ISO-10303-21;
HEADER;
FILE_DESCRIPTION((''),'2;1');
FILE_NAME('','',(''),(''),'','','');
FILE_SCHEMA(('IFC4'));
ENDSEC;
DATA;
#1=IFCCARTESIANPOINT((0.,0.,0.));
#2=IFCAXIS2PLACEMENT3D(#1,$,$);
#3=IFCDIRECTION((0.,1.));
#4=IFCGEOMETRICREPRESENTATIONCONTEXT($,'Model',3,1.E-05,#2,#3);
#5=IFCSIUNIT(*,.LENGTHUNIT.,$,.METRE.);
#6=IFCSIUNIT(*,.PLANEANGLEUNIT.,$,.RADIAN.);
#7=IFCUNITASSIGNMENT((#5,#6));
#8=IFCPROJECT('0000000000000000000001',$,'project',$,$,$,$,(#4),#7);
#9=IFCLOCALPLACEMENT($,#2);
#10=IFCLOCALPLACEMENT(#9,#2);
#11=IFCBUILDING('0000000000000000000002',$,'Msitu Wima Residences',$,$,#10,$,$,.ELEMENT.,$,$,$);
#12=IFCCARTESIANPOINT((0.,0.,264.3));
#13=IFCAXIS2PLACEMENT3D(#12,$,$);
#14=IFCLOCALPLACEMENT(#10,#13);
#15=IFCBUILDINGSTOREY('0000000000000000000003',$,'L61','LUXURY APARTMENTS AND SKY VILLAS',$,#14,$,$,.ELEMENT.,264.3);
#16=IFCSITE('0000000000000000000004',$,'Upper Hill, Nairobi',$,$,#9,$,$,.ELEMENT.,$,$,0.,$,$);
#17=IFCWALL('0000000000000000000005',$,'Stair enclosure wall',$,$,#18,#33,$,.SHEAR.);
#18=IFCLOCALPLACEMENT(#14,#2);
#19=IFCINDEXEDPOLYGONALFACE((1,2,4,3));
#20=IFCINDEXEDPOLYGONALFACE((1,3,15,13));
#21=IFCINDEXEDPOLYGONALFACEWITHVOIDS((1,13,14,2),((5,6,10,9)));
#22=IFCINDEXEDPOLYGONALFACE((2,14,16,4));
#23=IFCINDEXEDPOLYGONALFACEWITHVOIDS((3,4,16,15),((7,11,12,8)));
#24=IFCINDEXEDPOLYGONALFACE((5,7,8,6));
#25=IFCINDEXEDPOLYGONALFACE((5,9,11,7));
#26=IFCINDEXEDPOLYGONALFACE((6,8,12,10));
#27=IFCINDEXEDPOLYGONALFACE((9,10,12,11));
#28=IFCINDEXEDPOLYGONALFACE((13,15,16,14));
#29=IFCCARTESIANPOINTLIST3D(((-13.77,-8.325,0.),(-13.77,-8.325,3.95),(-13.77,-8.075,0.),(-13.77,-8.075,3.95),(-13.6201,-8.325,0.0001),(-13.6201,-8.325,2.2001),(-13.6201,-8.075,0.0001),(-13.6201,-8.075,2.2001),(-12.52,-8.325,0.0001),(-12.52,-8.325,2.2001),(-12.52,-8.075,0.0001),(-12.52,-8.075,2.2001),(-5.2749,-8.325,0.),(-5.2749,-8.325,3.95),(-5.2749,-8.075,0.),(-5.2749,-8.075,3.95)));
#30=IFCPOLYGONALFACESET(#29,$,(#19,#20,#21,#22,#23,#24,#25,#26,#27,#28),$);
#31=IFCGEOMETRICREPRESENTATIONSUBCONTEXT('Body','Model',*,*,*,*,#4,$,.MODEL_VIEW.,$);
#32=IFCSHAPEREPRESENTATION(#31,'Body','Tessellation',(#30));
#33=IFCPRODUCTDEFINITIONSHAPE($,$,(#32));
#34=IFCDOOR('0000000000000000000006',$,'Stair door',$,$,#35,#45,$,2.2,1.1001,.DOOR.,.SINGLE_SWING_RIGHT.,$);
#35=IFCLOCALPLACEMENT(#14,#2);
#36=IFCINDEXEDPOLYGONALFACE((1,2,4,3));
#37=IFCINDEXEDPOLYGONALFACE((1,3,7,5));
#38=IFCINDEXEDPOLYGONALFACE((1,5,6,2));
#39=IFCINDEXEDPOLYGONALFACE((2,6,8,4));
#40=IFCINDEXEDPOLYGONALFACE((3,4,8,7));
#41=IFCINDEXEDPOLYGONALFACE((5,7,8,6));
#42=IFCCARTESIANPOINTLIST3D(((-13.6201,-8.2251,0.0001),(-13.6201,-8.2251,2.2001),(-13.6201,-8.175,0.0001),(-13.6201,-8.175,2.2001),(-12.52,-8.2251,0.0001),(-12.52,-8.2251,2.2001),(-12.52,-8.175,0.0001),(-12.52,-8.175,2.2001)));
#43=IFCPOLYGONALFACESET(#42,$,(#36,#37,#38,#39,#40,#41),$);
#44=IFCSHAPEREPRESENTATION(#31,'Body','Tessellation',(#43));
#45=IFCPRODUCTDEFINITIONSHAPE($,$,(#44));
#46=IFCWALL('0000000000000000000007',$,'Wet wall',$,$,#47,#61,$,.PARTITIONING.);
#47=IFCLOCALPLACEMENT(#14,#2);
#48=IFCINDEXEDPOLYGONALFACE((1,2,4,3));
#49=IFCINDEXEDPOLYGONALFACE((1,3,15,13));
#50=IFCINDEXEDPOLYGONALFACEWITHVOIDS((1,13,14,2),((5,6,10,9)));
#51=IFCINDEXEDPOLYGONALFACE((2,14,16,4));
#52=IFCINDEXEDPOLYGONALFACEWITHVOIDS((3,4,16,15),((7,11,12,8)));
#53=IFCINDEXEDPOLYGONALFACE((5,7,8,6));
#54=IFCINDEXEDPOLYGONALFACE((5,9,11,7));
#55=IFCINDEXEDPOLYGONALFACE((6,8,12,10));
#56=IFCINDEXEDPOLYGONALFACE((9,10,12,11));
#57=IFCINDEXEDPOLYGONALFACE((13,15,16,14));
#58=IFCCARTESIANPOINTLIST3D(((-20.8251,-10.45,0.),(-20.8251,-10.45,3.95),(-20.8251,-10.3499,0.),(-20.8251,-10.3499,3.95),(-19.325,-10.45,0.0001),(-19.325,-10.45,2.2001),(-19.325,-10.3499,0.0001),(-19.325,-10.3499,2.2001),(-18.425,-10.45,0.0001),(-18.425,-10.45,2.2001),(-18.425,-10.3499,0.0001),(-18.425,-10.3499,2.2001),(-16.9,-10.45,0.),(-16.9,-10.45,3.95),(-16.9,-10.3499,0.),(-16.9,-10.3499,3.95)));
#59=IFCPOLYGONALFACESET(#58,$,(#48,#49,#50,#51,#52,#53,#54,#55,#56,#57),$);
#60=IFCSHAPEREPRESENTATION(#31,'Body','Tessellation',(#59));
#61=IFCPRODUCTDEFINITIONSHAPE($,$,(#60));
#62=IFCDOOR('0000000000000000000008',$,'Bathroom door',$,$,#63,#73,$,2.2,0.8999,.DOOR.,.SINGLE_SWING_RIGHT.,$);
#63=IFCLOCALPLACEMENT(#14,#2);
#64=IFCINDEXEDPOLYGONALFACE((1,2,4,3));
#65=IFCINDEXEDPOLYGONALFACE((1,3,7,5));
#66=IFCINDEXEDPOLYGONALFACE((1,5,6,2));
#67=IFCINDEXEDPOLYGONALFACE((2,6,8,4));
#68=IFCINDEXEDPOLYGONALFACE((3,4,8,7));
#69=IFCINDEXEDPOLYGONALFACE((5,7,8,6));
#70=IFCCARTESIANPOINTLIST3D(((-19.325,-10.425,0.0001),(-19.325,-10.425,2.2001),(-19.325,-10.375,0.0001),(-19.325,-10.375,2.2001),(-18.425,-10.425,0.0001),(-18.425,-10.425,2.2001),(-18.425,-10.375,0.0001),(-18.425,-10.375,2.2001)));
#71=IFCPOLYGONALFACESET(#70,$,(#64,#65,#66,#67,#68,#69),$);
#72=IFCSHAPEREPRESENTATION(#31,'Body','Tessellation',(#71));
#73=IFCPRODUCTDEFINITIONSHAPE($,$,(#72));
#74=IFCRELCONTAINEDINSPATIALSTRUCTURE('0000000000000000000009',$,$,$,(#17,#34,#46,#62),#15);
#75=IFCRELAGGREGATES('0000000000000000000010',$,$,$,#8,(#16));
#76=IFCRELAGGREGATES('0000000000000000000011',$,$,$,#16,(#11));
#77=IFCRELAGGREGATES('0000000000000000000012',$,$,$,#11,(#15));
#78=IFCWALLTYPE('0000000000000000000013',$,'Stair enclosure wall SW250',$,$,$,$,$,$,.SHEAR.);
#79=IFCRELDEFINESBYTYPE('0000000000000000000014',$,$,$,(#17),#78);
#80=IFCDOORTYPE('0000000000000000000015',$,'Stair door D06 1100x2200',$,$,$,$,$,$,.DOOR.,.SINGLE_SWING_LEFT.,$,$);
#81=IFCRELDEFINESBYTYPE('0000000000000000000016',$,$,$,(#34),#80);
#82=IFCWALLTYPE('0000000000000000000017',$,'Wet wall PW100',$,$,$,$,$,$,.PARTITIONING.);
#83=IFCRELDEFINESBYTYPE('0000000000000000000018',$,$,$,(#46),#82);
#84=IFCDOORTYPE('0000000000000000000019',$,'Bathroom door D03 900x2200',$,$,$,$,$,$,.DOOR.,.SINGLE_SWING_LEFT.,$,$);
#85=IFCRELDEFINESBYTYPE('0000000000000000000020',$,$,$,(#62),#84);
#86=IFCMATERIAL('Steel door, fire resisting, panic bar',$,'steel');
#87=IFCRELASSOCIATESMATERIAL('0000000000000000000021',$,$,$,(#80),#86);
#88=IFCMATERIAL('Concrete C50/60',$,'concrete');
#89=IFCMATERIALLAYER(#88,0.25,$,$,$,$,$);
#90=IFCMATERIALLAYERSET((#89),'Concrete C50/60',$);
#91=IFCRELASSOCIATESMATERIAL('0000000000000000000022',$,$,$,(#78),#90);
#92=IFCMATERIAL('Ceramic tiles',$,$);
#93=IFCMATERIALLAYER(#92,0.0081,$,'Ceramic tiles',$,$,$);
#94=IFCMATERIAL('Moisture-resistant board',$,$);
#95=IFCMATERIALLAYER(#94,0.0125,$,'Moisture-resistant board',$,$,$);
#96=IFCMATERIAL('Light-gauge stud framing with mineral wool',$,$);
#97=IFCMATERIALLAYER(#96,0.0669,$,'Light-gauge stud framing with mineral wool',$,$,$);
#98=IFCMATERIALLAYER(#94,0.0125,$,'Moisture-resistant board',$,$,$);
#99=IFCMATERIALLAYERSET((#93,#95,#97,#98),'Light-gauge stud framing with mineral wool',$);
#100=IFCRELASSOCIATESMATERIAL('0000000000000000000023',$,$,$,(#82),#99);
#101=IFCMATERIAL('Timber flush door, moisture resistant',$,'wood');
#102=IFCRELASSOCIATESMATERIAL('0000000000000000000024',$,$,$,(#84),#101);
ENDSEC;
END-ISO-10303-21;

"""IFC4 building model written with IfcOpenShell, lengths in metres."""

from ifc_helpers import new_model, si_unit, direction, frame, frame_2d, origin, place, context, subcontext, project, spatial, rectangle, extrude, material, layer, layer_set, type_object, element, fill, save


model = new_model("IFC4")

# Units and contexts
model_context = context("Model", 3, precision=1e-05, world=origin(), true_north=direction((0.0, 1.0)))
body_context = subcontext(model_context, "Body", "Model", "MODEL_VIEW")
ifc_project = project(units=[si_unit("LENGTHUNIT", "METRE"), si_unit("PLANEANGLEUNIT", "RADIAN")], contexts=[model_context])

# Site, building, storey
site_placement = place(None, origin())
site = spatial("IfcSite", under=ifc_project, at=site_placement, Name="Upper Hill, Nairobi", CompositionType="ELEMENT", RefElevation=0.0)
building_placement = place(site_placement, origin())
building = spatial("IfcBuilding", under=site, at=building_placement, Name="Msitu Wima Residences", CompositionType="ELEMENT")
storey_placement = place(building_placement, frame((0.0, 0.0, 264.3)))
storey = spatial("IfcBuildingStorey", under=building, at=storey_placement, Name="L61", Description="LUXURY APARTMENTS AND SKY VILLAS", CompositionType="ELEMENT", Elevation=264.3)

# Shared definitions
ifc_material_1 = material(Name="Concrete C50/60", Category="concrete")

# Shared definitions
ifc_material_2 = material(Name="Steel door, fire resisting, panic bar", Category="steel")
door_type_1 = type_object("IfcDoorType", Name="Stair door D06 1100x2200", OperationType="SINGLE_SWING_LEFT", PredefinedType="DOOR", material=ifc_material_2)

# Walls, openings, doors
ifc_layer_1 = layer(ifc_material_1, 0.25)
ifc_layer_set_1 = layer_set([ifc_layer_1], Name="Concrete C50/60")
wall_type_1 = type_object("IfcWallType", Name="Stair enclosure wall SW250", PredefinedType="SHEAR", material=ifc_layer_set_1)
wall_1_placement = place(storey_placement, frame((-13.77, -8.2, 0.0), z_axis=(0.0, 0.0, 1.0), x_axis=(1.0, 0.0, 0.0)))
wall_1 = element("IfcWall", 1, at=wall_1_placement, inside=storey, type_object=wall_type_1, Name="Stair enclosure wall", PredefinedType="SHEAR", context=body_context, shape_type="SweptSolid", body=[
    extrude(rectangle(XDim=8.4951, YDim=0.25, at=frame_2d((4.2476, 0.0))), origin(), (0.0, 0.0, 1.0), 3.95),
])
opening_1_placement = place(wall_1_placement, frame((0.1499, 0.0, 0.0)))
opening_1 = element("IfcOpeningElement", 2, at=opening_1_placement, cuts=wall_1, PredefinedType="OPENING", context=body_context, shape_type="SweptSolid", body=[
    extrude(rectangle(XDim=1.1001, YDim=2.2, at=frame_2d((0.55, 1.1001))), frame((0.0, 0.135, 0.0), z_axis=(0.0, -1.0, 0.0), x_axis=(1.0, 0.0, 0.0)), (0.0, 0.0, 1.0), 0.27),
])
door_1_placement = place(opening_1_placement, origin())
door_1 = element("IfcDoor", 3, at=door_1_placement, inside=storey, type_object=door_type_1, Name="Stair door", OperationType="SINGLE_SWING_RIGHT", OverallHeight=2.2, OverallWidth=1.1001, PredefinedType="DOOR", context=body_context, shape_type="SweptSolid", body=[
    extrude(rectangle(XDim=1.1001, YDim=2.2, at=frame_2d((0.55, 1.1001))), frame((0.0, 0.0249, 0.0), z_axis=(0.0, -1.0, 0.0), x_axis=(1.0, 0.0, 0.0)), (0.0, 0.0, 1.0), 0.05),
])
fill(opening_1, door_1)
ifc_material_3 = material(Name="Ceramic tiles")
ifc_layer_2 = layer(ifc_material_3, 0.0081, Name="Ceramic tiles")
ifc_material_4 = material(Name="Moisture-resistant board")
ifc_layer_3 = layer(ifc_material_4, 0.0125, Name="Moisture-resistant board")
ifc_material_5 = material(Name="Light-gauge stud framing with mineral wool")
ifc_layer_4 = layer(ifc_material_5, 0.0669, Name="Light-gauge stud framing with mineral wool")
ifc_layer_5 = layer(ifc_material_4, 0.0125, Name="Moisture-resistant board")
ifc_layer_set_2 = layer_set([ifc_layer_2, ifc_layer_3, ifc_layer_4, ifc_layer_5], Name="Light-gauge stud framing with mineral wool")
wall_type_2 = type_object("IfcWallType", Name="Wet wall PW100", PredefinedType="PARTITIONING", material=ifc_layer_set_2)
wall_2_placement = place(storey_placement, frame((-20.825, -10.3999, 0.0), z_axis=(0.0, 0.0, 1.0), x_axis=(1.0, 0.0, 0.0)))
wall_2 = element("IfcWall", 4, at=wall_2_placement, inside=storey, type_object=wall_type_2, Name="Wet wall", PredefinedType="PARTITIONING", context=body_context, shape_type="SweptSolid", body=[
    extrude(rectangle(XDim=3.925, YDim=0.1001, at=frame_2d((1.9624, 0.0))), origin(), (0.0, 0.0, 1.0), 3.95),
])
opening_2_placement = place(wall_2_placement, frame((1.5, 0.0, 0.0)))
opening_2 = element("IfcOpeningElement", 5, at=opening_2_placement, cuts=wall_2, PredefinedType="OPENING", context=body_context, shape_type="SweptSolid", body=[
    extrude(rectangle(XDim=0.8999, YDim=2.2, at=frame_2d((0.45, 1.1001))), frame((0.0, 0.0601, 0.0), z_axis=(0.0, -1.0, 0.0), x_axis=(1.0, 0.0, 0.0)), (0.0, 0.0, 1.0), 0.1201),
])
ifc_material_6 = material(Name="Timber flush door, moisture resistant", Category="wood")
door_type_2 = type_object("IfcDoorType", Name="Bathroom door D03 900x2200", OperationType="SINGLE_SWING_LEFT", PredefinedType="DOOR", material=ifc_material_6)
door_2_placement = place(opening_2_placement, origin())
door_2 = element("IfcDoor", 6, at=door_2_placement, inside=storey, type_object=door_type_2, Name="Bathroom door", OperationType="SINGLE_SWING_RIGHT", OverallHeight=2.2, OverallWidth=0.8999, PredefinedType="DOOR", context=body_context, shape_type="SweptSolid", body=[
    extrude(rectangle(XDim=0.8999, YDim=2.2, at=frame_2d((0.45, 1.1001))), frame((0.0, 0.0249, 0.0), z_axis=(0.0, -1.0, 0.0), x_axis=(1.0, 0.0, 0.0)), (0.0, 0.0, 1.0), 0.05),
])
fill(opening_2, door_2)

save(model, "model.ifc")
